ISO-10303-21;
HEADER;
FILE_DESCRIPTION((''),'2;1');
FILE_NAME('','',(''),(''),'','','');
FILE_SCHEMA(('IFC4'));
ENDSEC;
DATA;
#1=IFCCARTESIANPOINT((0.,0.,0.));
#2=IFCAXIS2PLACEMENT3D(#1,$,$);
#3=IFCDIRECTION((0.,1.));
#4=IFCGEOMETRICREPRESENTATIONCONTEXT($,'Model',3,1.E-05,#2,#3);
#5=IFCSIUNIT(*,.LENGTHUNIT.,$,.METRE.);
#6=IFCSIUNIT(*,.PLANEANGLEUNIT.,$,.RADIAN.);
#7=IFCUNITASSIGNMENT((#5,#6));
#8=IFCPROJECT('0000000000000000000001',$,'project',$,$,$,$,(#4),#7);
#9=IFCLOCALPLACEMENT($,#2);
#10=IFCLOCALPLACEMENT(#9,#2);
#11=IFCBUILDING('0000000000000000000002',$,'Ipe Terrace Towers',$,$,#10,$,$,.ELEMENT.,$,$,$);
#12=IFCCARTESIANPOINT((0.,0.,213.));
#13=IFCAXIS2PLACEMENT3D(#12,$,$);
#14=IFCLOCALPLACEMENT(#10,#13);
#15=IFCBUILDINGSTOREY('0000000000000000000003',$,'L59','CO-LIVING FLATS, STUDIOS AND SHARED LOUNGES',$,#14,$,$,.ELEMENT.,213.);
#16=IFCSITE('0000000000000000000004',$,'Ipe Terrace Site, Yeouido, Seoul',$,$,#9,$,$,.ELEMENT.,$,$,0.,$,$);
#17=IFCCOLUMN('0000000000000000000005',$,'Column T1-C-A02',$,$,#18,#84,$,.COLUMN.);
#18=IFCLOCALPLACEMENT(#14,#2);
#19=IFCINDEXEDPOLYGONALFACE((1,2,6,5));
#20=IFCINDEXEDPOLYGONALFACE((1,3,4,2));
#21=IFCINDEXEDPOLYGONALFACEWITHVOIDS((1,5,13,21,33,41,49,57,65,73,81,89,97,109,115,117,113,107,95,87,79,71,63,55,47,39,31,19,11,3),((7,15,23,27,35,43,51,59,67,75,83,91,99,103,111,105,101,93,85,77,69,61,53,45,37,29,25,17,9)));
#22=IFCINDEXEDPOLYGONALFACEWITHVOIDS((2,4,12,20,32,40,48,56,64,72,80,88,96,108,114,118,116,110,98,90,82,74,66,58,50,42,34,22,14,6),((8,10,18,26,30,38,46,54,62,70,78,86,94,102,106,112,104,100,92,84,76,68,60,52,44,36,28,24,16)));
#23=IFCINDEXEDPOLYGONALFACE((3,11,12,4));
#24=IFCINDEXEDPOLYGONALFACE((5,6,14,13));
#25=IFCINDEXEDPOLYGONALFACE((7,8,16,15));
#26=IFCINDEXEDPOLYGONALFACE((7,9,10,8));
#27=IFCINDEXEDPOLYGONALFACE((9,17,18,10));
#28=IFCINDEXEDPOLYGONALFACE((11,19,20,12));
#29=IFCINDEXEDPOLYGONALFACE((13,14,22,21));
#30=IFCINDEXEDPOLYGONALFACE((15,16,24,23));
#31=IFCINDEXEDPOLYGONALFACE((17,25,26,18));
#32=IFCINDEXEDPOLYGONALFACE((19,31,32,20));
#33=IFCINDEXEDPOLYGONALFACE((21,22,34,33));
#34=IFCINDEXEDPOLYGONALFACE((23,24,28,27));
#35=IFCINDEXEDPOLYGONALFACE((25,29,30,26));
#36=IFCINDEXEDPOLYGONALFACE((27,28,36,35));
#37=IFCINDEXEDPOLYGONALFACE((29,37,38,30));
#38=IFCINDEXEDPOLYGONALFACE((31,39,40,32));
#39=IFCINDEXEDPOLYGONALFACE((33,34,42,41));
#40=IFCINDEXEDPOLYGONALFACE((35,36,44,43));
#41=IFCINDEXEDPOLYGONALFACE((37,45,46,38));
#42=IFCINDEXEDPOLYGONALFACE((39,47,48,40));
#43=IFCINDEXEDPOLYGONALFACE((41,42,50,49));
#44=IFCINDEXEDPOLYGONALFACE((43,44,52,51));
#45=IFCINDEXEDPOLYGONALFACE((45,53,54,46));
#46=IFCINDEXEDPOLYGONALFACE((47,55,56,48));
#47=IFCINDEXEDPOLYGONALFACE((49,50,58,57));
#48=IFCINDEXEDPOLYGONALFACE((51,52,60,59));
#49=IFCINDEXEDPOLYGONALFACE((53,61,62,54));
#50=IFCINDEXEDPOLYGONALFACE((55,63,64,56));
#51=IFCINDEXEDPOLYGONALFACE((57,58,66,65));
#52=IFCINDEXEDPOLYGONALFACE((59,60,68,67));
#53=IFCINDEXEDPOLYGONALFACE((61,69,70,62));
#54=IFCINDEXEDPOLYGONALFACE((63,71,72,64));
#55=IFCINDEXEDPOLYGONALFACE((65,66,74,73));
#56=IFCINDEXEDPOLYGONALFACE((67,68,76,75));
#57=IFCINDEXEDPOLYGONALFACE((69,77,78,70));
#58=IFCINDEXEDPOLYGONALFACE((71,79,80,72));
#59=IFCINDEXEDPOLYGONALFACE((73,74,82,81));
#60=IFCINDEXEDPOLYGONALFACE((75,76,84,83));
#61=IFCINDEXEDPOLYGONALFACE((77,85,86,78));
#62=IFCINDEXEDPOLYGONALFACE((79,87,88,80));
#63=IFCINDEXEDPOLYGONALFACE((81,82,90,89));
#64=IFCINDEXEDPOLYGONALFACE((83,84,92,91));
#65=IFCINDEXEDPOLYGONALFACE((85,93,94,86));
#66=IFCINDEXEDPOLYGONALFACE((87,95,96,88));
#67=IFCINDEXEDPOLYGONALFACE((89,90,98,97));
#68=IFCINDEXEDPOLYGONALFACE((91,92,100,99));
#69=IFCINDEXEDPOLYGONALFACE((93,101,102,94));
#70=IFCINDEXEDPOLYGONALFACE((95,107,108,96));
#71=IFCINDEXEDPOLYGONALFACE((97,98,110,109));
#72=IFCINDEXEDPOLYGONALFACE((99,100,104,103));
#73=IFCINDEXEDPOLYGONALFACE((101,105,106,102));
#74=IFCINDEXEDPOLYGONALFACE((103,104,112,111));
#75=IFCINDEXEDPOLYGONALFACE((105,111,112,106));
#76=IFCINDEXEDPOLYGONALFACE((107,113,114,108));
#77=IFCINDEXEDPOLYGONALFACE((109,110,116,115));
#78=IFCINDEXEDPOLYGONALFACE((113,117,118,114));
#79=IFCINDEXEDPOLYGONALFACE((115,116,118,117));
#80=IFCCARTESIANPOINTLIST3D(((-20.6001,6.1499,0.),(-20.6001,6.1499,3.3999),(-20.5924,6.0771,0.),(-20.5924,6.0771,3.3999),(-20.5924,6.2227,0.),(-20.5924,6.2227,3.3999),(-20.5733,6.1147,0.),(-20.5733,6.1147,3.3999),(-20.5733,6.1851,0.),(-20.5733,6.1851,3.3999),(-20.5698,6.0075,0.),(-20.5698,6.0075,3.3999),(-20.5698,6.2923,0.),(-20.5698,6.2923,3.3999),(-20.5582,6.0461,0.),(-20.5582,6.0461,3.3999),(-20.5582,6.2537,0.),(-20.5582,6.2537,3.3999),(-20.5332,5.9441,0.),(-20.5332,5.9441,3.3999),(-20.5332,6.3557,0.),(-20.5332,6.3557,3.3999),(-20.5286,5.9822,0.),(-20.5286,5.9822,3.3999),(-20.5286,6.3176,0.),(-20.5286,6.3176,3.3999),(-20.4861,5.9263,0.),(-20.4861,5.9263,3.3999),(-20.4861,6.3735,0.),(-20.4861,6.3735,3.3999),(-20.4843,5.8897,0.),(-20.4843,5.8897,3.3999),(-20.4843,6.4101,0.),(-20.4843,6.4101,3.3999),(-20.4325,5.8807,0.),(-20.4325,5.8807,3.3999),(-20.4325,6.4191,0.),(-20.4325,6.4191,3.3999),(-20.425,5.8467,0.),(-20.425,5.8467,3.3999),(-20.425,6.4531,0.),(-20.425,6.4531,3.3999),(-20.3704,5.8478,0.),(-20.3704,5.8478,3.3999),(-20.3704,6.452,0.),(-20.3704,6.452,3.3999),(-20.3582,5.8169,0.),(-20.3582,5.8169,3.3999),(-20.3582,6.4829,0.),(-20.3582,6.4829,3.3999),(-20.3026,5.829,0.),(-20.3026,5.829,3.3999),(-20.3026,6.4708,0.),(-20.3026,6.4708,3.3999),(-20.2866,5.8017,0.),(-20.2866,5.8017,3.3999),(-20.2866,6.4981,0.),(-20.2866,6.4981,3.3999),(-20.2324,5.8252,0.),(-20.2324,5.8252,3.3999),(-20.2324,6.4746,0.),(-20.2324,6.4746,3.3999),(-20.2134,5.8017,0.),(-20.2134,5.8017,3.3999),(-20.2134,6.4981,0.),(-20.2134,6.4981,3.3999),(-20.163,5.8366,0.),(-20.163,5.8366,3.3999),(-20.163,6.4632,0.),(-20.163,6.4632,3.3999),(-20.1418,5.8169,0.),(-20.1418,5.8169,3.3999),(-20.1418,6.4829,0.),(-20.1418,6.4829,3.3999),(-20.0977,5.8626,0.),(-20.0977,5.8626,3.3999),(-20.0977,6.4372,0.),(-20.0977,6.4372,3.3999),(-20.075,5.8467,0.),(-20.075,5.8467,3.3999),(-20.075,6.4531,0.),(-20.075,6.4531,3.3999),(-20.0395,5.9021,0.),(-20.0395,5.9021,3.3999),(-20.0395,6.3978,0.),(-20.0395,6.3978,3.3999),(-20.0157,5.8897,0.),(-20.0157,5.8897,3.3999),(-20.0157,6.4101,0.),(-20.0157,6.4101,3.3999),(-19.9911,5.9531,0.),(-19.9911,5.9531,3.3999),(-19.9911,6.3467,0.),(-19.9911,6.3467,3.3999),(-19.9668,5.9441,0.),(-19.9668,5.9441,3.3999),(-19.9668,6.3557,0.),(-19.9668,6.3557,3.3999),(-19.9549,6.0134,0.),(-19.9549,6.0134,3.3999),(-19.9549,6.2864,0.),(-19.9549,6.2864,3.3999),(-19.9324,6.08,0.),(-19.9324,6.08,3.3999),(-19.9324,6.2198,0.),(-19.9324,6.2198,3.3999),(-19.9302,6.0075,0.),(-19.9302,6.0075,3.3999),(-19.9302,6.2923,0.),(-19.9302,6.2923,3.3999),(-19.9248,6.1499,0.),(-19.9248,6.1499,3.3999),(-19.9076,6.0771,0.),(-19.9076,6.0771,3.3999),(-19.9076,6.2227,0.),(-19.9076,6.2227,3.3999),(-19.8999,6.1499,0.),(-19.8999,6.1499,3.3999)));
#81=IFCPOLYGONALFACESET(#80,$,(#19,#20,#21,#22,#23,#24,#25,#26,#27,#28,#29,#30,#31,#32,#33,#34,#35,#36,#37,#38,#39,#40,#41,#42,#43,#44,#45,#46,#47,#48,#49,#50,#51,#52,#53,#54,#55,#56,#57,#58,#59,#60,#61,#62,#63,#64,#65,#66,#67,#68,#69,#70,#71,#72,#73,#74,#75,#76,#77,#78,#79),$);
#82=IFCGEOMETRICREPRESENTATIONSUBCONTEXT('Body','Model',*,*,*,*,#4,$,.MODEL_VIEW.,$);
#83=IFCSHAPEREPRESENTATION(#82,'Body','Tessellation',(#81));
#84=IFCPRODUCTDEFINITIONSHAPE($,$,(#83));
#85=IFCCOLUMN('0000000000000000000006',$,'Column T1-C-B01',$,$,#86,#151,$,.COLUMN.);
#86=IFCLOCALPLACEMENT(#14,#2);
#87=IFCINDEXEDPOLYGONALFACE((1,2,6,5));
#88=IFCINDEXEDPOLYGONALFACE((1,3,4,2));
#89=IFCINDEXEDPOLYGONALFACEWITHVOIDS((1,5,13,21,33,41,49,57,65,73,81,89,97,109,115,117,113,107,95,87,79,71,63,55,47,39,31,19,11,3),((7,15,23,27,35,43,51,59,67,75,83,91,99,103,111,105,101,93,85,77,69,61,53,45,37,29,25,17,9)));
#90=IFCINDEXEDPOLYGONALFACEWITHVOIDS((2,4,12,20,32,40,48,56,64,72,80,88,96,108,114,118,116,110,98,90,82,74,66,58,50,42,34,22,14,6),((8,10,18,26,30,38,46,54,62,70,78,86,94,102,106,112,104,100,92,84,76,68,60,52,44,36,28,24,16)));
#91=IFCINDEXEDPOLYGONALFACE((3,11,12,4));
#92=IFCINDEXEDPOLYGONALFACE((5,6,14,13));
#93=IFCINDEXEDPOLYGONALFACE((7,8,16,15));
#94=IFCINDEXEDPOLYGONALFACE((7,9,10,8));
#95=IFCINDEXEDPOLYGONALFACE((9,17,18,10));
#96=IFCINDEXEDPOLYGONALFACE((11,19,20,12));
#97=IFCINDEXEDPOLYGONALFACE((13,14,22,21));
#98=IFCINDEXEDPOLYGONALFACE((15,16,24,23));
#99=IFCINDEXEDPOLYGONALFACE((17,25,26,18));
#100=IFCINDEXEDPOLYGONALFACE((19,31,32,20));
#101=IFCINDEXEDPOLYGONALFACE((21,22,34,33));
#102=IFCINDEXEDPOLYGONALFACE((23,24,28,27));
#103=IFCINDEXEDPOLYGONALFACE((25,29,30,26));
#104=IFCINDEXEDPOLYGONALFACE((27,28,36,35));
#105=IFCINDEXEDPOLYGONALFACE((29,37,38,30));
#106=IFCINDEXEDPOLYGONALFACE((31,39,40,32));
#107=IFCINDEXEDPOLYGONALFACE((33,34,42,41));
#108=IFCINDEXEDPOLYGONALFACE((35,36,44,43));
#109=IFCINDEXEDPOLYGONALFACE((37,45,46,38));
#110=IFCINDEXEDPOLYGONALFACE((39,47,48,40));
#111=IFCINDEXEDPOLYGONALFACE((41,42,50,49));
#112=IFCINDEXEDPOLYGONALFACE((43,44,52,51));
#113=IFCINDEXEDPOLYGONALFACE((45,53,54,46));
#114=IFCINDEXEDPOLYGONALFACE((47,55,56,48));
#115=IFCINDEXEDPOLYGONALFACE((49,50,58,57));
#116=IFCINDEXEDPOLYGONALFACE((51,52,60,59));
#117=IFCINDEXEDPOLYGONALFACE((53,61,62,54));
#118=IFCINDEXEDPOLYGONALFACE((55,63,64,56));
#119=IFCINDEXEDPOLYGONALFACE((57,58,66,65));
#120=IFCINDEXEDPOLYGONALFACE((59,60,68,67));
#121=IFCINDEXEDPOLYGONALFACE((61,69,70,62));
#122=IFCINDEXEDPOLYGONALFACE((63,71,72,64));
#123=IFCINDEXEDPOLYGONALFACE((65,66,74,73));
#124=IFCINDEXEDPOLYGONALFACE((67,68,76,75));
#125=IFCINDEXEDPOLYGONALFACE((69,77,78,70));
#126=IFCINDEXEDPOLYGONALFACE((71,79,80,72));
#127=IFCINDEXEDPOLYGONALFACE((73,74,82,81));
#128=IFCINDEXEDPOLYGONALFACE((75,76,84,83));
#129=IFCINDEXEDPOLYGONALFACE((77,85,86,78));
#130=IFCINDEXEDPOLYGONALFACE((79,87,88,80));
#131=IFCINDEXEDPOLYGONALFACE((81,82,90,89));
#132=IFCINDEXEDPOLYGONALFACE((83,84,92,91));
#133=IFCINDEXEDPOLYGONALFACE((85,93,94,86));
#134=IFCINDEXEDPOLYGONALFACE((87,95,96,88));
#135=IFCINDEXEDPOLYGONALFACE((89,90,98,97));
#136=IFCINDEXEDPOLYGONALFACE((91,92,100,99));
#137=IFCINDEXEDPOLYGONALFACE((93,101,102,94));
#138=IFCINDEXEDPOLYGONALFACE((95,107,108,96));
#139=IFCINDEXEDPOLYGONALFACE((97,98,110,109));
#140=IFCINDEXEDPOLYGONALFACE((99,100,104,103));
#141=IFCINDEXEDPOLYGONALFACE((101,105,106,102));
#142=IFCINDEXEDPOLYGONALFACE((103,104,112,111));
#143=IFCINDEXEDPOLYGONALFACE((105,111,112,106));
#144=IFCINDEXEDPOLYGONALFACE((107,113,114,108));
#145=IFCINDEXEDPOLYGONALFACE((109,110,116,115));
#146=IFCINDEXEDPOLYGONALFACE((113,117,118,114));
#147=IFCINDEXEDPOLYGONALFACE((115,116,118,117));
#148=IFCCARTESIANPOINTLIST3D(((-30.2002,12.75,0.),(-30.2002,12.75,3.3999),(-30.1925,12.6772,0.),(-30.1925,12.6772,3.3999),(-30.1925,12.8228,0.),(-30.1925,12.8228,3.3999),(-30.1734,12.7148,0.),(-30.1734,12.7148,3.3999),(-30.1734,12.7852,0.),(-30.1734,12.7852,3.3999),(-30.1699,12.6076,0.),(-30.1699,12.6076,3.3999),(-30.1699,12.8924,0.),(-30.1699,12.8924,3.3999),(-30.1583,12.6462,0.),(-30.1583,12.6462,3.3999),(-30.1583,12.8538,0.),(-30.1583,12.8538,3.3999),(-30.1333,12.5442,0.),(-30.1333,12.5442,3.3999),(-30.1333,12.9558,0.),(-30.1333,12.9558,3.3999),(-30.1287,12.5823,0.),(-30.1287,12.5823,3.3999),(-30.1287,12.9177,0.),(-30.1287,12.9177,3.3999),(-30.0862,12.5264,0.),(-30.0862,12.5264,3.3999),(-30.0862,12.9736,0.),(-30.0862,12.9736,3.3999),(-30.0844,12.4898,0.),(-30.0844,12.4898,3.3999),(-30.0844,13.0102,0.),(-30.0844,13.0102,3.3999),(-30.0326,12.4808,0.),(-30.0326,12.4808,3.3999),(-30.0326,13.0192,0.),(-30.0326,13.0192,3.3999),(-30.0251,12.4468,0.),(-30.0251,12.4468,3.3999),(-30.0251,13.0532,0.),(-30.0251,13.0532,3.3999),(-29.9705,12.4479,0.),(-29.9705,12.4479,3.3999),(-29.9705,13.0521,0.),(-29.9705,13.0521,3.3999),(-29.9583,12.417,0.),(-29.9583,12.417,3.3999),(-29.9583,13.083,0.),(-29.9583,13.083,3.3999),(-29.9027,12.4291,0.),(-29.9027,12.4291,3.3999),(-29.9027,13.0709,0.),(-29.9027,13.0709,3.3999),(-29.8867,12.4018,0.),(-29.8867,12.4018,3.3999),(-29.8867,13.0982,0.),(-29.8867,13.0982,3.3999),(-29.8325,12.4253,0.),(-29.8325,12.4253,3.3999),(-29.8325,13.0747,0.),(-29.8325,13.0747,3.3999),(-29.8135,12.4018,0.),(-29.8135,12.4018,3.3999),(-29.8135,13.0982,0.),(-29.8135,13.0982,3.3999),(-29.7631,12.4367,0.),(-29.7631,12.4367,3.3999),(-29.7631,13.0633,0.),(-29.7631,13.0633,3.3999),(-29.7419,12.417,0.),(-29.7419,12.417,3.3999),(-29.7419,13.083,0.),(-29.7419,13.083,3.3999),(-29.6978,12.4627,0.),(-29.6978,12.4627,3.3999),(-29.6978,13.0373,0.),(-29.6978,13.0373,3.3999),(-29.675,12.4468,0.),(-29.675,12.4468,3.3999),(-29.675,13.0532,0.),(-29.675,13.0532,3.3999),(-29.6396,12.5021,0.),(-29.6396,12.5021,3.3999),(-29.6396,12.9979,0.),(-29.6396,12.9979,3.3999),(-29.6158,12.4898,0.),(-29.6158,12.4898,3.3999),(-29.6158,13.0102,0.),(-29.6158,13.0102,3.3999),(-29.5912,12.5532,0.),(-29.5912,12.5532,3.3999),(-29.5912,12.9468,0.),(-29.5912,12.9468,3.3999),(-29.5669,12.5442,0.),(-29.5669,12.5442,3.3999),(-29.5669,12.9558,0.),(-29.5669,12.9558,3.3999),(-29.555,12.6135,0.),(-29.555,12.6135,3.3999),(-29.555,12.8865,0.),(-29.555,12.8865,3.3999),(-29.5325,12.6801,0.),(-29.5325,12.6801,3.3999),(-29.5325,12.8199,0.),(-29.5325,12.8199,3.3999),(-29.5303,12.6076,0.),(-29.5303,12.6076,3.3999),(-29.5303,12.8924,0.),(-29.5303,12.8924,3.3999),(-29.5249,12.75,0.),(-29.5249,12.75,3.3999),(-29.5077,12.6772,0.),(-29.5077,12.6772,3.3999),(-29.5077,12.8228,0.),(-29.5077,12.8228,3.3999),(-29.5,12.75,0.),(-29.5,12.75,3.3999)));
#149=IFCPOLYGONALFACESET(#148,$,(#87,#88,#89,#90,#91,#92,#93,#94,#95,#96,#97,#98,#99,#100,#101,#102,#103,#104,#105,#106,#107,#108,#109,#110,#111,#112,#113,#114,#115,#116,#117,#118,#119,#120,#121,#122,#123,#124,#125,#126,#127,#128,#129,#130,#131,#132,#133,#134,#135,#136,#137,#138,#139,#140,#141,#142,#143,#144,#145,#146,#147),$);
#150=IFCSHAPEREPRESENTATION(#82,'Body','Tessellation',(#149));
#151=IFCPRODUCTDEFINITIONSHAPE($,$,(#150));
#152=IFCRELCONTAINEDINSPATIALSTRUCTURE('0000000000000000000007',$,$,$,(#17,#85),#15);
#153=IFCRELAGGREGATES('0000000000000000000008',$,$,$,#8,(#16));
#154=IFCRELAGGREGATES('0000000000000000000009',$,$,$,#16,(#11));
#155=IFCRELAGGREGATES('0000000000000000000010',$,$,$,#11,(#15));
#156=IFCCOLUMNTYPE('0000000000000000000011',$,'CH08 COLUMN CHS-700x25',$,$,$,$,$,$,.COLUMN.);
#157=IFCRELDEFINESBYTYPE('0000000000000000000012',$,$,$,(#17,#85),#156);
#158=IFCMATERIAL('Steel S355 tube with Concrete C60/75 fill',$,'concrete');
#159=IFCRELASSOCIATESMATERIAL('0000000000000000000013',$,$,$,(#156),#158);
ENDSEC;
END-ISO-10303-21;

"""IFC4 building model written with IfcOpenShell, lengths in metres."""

from ifc_helpers import new_model, si_unit, direction, frame, origin, origin_2d, place, context, subcontext, project, spatial, hollow_circle, extrude, material, material_profile, profile_set, type_object, element, save


model = new_model("IFC4")

# Units and contexts
model_context = context("Model", 3, precision=1e-05, world=origin(), true_north=direction((0.0, 1.0)))
body_context = subcontext(model_context, "Body", "Model", "MODEL_VIEW")
ifc_project = project(units=[si_unit("LENGTHUNIT", "METRE"), si_unit("PLANEANGLEUNIT", "RADIAN")], contexts=[model_context])

# Site, building, storey
site_placement = place(None, origin())
site = spatial("IfcSite", under=ifc_project, at=site_placement, Name="Ipe Terrace Site, Yeouido, Seoul", CompositionType="ELEMENT", RefElevation=0.0)
building_placement = place(site_placement, origin())
building = spatial("IfcBuilding", under=site, at=building_placement, Name="Ipe Terrace Towers", CompositionType="ELEMENT")
storey_placement = place(building_placement, frame((0.0, 0.0, 213.0)))
storey = spatial("IfcBuildingStorey", under=building, at=storey_placement, Name="L59", Description="CO-LIVING FLATS, STUDIOS AND SHARED LOUNGES", CompositionType="ELEMENT", Elevation=213.0)

# Columns
ifc_material_1 = material(Name="Steel S355 tube with Concrete C60/75 fill", Category="concrete")
ifc_material_profile_1 = material_profile(ifc_material_1, hollow_circle(Radius=0.3501, WallThickness=0.0249, at=origin_2d()), Name="CHS-700x25")
ifc_profile_set_1 = profile_set([ifc_material_profile_1], Name="Steel S355 tube with Concrete C60/75 fill")
column_type_1 = type_object("IfcColumnType", Name="CH08 COLUMN CHS-700x25", PredefinedType="COLUMN", material=ifc_profile_set_1)
for number, where, z_axis, x_axis, name in (
    (1, (-20.25, 6.1499, 0.0), (0.0, 0.0, 1.0), (1.0, 0.0, 0.0), "Column T1-C-A02"),
    (2, (-29.8501, 12.75, 0.0), (0.0, 0.0, 1.0), (1.0, 0.0, 0.0), "Column T1-C-B01"),
):
    element("IfcColumn", number, at=place(storey_placement, frame(where, z_axis=z_axis, x_axis=x_axis)), inside=storey, type_object=column_type_1, Name=name, PredefinedType="COLUMN", context=body_context, shape_type="SweptSolid", body=[
        extrude(hollow_circle(Radius=0.3501, WallThickness=0.0249, at=origin_2d()), origin(), (0.0, 0.0, 1.0), 3.3999),
    ])

save(model, "model.ifc")
